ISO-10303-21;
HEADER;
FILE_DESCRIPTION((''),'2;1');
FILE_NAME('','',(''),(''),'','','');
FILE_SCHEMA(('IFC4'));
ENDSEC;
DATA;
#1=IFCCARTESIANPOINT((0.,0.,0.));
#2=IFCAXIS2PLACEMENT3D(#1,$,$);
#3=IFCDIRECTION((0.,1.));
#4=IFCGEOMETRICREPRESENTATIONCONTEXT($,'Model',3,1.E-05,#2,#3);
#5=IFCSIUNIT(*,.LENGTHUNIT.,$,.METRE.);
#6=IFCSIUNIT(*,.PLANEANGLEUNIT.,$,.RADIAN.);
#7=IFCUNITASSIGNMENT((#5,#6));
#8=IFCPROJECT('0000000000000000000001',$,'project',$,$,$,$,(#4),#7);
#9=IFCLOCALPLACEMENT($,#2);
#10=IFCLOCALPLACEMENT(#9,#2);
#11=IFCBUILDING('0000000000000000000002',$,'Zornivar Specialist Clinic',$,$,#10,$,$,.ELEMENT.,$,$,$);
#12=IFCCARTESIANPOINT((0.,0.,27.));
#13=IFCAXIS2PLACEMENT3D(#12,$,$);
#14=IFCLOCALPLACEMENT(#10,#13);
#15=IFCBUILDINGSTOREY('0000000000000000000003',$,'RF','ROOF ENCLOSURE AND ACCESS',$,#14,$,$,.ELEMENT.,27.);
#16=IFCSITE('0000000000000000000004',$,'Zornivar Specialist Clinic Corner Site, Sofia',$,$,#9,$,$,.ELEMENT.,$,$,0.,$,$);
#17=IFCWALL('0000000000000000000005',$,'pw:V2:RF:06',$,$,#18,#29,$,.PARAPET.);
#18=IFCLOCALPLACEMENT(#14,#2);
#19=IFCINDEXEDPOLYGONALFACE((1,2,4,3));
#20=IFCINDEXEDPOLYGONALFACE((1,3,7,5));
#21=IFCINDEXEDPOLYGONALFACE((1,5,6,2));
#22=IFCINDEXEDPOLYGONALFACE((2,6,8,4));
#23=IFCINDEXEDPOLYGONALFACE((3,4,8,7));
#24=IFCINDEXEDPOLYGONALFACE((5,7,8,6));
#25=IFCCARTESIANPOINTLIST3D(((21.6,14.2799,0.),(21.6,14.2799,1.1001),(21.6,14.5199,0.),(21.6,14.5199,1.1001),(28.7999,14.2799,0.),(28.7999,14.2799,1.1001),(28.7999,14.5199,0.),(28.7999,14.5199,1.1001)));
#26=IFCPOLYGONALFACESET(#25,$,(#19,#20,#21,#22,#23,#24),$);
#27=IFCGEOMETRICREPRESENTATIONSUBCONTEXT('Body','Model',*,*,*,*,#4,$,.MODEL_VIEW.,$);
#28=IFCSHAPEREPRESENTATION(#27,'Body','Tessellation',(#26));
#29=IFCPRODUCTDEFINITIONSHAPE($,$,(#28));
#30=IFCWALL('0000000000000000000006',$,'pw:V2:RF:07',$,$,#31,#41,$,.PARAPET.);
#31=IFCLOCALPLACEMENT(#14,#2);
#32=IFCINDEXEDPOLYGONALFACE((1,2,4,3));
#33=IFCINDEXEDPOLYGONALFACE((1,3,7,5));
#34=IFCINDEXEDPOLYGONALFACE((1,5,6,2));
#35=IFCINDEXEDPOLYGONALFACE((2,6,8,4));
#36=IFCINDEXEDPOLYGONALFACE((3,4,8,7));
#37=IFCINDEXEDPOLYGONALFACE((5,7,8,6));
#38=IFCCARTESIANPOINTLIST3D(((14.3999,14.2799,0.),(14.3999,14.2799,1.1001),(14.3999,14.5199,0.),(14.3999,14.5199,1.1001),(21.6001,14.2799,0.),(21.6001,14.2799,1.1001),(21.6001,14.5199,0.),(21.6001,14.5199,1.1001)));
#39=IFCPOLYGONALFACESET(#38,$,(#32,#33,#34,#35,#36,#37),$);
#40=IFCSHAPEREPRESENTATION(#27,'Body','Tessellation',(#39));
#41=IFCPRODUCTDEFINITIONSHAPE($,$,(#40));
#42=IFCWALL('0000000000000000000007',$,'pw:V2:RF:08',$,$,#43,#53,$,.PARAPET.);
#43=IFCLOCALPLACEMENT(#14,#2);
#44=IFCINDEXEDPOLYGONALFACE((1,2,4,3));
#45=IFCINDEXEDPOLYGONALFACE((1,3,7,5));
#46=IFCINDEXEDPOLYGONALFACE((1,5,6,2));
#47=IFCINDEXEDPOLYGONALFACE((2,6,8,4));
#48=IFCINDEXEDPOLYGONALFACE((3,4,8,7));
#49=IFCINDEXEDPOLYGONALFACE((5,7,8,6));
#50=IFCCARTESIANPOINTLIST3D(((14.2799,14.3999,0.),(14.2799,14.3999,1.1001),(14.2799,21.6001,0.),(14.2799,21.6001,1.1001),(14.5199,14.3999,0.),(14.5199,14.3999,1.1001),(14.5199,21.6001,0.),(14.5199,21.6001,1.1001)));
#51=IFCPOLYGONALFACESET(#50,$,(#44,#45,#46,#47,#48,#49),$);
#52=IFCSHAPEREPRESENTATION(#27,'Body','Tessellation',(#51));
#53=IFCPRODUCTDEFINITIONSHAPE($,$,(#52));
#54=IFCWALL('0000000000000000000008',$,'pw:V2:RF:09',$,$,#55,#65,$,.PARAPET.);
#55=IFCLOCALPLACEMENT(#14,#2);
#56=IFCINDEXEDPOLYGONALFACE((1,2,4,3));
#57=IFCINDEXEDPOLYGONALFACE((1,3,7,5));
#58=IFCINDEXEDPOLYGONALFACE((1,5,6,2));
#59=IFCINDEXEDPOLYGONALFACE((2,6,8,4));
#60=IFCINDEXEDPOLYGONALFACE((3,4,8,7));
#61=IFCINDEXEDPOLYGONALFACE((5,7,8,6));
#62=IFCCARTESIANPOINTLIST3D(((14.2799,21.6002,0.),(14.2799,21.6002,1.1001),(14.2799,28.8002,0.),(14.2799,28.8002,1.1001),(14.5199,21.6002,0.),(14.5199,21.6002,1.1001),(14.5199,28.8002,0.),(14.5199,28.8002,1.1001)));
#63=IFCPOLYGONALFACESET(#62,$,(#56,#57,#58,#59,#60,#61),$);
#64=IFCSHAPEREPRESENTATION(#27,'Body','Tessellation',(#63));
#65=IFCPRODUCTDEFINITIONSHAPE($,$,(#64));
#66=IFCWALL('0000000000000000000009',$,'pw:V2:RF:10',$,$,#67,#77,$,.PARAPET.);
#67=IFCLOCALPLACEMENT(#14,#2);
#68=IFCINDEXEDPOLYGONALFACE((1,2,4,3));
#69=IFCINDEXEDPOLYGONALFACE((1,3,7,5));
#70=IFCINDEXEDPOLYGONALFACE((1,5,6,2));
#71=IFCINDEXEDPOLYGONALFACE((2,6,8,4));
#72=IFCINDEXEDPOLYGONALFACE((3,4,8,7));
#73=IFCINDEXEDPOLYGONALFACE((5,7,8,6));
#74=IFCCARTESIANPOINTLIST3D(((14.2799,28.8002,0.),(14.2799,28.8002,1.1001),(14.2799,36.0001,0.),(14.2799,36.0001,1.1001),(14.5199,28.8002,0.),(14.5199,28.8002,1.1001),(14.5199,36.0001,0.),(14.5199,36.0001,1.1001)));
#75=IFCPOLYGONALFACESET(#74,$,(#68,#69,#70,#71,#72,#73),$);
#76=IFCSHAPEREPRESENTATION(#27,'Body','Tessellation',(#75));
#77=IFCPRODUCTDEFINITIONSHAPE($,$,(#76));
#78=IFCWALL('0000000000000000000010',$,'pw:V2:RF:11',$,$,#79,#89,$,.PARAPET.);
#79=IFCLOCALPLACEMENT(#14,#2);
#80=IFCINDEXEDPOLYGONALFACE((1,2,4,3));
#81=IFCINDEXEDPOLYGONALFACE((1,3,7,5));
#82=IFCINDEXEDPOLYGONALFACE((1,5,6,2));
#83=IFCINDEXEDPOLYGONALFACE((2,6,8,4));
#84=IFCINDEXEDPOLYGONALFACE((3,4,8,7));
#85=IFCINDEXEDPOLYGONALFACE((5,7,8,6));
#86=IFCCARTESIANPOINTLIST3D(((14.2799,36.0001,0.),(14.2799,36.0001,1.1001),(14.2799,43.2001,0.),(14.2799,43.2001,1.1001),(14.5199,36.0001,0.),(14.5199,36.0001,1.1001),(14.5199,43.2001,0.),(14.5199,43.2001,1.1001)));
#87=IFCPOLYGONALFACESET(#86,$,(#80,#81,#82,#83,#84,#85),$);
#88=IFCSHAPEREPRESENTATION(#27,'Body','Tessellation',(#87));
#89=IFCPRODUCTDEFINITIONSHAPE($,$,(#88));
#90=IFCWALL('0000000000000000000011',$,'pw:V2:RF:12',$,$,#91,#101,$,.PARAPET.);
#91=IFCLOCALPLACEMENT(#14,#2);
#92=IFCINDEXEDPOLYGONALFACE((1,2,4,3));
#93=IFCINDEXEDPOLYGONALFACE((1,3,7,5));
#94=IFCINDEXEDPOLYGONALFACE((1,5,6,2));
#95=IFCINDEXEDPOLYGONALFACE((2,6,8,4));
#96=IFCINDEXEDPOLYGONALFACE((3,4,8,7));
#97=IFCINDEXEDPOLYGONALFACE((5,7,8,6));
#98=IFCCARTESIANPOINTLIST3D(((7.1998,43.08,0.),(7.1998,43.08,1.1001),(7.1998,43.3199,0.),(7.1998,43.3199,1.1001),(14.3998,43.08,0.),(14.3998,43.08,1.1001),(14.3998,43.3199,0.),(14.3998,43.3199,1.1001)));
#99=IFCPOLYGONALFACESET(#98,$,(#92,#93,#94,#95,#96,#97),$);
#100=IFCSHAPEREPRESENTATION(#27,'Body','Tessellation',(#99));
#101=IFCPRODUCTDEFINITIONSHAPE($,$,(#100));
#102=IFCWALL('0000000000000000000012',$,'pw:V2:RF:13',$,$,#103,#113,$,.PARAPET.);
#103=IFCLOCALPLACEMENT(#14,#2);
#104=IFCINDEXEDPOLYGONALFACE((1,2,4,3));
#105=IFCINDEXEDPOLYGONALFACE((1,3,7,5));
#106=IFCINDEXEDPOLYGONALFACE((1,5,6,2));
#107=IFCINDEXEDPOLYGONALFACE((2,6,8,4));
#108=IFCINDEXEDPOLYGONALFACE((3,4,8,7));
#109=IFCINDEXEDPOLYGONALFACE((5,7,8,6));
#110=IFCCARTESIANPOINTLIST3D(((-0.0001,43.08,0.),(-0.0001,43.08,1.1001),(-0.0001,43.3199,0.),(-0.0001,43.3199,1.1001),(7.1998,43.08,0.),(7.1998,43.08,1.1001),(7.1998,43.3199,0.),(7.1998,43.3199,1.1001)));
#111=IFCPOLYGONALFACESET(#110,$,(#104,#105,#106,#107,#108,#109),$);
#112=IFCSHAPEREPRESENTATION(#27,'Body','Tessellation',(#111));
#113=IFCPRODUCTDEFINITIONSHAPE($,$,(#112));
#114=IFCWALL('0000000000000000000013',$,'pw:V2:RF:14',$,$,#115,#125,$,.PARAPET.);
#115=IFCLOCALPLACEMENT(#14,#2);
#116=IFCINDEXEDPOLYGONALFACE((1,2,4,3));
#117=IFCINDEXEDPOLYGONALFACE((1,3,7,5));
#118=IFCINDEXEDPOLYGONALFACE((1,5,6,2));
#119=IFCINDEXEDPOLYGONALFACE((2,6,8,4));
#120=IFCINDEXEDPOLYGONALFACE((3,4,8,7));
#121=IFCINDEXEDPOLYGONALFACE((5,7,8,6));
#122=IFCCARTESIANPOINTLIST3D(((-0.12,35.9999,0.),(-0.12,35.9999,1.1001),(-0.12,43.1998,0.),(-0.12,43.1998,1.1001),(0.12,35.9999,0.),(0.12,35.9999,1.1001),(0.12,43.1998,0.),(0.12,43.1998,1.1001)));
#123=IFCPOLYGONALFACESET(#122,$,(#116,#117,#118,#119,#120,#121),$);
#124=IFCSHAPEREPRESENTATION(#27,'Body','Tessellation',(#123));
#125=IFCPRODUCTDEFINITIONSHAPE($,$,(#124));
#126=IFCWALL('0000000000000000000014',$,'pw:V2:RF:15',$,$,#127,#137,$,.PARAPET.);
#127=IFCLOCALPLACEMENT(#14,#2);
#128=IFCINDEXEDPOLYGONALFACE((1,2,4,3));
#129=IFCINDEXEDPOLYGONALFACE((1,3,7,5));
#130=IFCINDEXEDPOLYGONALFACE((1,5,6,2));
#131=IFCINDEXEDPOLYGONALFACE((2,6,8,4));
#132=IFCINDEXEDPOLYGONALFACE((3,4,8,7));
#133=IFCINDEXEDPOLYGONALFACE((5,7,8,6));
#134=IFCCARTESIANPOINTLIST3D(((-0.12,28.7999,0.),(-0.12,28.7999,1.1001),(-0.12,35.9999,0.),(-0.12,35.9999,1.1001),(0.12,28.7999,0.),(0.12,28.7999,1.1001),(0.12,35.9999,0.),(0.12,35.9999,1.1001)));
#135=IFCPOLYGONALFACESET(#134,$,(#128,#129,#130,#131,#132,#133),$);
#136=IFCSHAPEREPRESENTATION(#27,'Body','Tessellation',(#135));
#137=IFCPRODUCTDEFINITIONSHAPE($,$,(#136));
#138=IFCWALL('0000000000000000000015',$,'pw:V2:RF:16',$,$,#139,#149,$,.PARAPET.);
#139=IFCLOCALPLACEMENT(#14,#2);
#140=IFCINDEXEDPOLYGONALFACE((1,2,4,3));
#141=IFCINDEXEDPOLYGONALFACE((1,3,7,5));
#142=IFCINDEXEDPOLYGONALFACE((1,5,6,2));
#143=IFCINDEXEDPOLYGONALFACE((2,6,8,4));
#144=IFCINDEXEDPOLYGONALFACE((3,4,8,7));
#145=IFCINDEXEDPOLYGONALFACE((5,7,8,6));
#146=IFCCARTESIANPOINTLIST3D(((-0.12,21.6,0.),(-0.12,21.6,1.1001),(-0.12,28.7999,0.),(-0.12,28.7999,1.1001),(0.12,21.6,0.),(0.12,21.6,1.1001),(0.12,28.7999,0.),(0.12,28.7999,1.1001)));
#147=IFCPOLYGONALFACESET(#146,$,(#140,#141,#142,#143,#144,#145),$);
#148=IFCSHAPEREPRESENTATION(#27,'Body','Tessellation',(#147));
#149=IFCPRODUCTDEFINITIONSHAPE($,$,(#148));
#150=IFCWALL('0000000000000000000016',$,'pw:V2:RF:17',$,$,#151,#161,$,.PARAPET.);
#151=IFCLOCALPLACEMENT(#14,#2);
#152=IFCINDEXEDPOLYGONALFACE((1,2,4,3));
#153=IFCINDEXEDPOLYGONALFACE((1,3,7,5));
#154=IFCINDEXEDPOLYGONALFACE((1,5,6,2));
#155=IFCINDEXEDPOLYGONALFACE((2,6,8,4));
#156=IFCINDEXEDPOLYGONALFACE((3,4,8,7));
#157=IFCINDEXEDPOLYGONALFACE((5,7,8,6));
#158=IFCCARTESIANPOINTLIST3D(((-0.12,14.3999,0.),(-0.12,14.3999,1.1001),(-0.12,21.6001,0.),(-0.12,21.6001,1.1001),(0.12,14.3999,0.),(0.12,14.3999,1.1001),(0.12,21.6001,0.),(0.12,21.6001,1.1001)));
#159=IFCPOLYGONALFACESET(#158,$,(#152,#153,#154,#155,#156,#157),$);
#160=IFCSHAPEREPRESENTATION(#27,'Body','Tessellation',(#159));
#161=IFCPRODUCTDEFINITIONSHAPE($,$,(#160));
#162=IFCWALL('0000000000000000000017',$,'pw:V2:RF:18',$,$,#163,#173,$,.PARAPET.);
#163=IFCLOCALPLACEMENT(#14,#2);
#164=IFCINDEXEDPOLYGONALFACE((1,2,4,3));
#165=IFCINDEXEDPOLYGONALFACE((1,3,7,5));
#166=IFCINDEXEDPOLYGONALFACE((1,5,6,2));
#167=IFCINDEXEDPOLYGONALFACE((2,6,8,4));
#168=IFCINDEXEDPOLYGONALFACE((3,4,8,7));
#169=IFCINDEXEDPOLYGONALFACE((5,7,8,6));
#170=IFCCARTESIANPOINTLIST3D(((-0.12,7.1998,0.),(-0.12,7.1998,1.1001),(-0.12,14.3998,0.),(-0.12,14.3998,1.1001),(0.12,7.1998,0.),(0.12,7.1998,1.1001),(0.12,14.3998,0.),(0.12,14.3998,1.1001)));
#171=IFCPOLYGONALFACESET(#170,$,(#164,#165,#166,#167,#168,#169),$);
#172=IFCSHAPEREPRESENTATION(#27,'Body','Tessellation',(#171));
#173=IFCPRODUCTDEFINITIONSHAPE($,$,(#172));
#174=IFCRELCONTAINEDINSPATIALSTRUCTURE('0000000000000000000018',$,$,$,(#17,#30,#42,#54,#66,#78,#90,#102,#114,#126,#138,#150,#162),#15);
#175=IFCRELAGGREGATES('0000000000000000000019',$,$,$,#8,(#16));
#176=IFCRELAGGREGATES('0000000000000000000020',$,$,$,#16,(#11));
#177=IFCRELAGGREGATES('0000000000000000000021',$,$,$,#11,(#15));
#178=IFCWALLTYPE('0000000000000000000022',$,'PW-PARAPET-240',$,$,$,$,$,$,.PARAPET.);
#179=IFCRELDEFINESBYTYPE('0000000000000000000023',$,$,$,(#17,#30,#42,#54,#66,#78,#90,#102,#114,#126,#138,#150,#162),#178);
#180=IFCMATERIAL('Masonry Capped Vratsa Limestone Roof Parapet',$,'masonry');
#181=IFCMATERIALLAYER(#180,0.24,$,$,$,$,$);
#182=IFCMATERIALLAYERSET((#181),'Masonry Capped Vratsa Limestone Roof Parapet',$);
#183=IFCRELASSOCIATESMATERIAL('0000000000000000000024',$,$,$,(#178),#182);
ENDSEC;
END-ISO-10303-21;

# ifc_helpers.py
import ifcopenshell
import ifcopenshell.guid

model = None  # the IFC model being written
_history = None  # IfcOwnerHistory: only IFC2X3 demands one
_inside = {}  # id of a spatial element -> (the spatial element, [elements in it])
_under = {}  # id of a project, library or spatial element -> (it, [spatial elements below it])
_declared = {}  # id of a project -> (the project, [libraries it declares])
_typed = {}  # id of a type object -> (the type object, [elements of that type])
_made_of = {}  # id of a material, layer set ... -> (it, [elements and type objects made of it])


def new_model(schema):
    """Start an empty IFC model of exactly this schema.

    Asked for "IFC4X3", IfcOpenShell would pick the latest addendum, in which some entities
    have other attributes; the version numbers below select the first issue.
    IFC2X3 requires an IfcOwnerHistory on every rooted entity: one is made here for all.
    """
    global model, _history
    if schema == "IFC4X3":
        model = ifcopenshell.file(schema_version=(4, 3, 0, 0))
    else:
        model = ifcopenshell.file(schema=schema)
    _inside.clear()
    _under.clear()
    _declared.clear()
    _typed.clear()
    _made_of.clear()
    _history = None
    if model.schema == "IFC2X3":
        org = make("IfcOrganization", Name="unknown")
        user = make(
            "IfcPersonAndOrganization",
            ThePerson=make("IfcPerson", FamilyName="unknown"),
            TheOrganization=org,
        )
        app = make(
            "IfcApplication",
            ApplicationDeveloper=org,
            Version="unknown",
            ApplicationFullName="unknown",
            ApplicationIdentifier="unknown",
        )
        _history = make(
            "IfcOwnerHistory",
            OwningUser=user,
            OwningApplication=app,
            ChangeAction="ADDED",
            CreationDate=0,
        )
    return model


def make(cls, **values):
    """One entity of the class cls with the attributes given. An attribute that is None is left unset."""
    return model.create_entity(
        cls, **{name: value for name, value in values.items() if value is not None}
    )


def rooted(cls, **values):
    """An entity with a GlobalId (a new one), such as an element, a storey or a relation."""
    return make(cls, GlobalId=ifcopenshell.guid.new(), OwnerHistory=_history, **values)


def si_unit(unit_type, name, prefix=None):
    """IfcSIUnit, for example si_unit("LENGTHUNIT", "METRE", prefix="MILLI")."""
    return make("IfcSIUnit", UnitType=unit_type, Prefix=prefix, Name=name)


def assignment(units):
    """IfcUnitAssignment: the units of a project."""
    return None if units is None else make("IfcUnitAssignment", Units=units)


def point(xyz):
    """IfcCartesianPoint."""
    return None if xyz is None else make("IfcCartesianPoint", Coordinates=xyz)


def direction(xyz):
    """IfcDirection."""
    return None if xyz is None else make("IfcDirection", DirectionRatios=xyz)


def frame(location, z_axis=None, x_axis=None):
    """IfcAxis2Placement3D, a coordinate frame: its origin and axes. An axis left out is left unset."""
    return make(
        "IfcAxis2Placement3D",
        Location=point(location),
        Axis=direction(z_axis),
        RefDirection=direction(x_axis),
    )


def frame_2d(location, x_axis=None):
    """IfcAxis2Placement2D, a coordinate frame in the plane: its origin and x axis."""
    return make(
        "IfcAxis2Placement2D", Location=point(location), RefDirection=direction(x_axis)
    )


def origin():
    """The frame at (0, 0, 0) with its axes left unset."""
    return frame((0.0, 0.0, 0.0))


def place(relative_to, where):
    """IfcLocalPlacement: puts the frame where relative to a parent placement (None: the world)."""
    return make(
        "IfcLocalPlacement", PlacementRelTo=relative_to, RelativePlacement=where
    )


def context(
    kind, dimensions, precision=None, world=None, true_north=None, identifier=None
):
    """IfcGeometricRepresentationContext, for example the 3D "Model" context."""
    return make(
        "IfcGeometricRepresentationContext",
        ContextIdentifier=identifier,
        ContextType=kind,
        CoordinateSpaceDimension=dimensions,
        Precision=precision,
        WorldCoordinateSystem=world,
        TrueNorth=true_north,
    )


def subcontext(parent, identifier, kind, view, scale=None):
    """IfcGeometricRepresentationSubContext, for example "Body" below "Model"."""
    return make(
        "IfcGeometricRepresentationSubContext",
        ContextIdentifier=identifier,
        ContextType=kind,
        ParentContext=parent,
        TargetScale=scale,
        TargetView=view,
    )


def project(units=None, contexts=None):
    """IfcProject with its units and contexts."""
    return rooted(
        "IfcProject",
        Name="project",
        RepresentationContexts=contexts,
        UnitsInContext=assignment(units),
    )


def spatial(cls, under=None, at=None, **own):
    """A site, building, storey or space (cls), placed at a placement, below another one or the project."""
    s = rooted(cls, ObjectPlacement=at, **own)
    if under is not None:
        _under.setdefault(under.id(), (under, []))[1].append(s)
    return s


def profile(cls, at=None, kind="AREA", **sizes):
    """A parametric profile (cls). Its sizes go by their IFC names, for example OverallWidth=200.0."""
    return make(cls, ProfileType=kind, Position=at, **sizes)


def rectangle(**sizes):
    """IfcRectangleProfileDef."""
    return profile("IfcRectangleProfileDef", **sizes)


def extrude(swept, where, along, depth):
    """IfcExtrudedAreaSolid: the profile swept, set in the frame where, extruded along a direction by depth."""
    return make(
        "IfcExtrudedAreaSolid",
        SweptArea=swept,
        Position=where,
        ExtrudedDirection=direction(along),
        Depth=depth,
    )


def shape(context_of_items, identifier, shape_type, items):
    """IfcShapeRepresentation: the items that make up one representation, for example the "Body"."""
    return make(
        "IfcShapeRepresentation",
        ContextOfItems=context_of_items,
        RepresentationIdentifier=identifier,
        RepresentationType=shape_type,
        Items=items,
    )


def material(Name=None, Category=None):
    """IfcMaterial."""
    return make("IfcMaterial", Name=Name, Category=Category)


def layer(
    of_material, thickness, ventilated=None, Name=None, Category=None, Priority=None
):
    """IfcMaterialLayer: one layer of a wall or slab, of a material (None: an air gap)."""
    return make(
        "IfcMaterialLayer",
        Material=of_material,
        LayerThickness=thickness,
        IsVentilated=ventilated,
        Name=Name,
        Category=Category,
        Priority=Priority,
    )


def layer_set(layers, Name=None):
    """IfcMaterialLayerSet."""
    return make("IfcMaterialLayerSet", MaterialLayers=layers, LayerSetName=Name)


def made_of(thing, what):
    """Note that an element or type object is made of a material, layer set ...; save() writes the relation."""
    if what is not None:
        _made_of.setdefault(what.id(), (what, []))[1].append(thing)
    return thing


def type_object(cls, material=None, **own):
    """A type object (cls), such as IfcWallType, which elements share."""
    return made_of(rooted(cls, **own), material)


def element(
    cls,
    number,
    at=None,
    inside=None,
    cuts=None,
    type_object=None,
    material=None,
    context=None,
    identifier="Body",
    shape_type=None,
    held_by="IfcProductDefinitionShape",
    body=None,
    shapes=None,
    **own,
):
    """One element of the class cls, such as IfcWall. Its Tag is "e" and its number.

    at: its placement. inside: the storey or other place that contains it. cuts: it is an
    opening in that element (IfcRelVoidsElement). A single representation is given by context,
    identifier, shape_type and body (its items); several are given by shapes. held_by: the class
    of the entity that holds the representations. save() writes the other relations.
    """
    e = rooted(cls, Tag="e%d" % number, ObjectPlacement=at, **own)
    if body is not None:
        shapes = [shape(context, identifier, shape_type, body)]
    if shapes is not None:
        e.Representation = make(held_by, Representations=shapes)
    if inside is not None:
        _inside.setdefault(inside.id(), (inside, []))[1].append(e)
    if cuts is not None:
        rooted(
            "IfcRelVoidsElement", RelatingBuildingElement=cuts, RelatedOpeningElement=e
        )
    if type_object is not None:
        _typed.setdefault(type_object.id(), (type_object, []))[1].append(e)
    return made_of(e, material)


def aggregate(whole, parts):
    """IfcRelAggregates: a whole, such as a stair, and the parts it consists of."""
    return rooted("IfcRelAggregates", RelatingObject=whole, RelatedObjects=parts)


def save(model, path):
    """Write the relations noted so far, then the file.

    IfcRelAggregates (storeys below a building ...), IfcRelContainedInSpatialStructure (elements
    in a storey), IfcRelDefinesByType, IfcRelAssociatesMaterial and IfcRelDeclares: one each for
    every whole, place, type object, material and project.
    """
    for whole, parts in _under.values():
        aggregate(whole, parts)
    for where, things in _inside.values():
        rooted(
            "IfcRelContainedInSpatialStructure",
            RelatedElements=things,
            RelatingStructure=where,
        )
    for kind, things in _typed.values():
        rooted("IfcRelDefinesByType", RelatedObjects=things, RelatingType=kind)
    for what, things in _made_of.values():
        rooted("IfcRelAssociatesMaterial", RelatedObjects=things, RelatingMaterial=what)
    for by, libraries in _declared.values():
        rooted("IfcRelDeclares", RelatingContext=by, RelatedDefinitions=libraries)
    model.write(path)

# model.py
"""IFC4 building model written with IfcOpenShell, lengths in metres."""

from ifc_helpers import new_model, si_unit, direction, frame, frame_2d, origin, place, context, subcontext, project, spatial, rectangle, extrude, material, layer, layer_set, type_object, element, save


model = new_model("IFC4")

# Units and contexts
model_context = context("Model", 3, precision=1e-05, world=origin(), true_north=direction((0.0, 1.0)))
body_context = subcontext(model_context, "Body", "Model", "MODEL_VIEW")
ifc_project = project(units=[si_unit("LENGTHUNIT", "METRE"), si_unit("PLANEANGLEUNIT", "RADIAN")], contexts=[model_context])

# Site, building, storey
site_placement = place(None, origin())
site = spatial("IfcSite", under=ifc_project, at=site_placement, Name="Zornivar Specialist Clinic Corner Site, Sofia", CompositionType="ELEMENT", RefElevation=0.0)
building_placement = place(site_placement, origin())
building = spatial("IfcBuilding", under=site, at=building_placement, Name="Zornivar Specialist Clinic", CompositionType="ELEMENT")
storey_placement = place(building_placement, frame((0.0, 0.0, 27.0)))
storey = spatial("IfcBuildingStorey", under=building, at=storey_placement, Name="RF", Description="ROOF ENCLOSURE AND ACCESS", CompositionType="ELEMENT", Elevation=27.0)

# Walls
ifc_material_1 = material(Name="Masonry Capped Vratsa Limestone Roof Parapet", Category="masonry")
ifc_layer = layer(ifc_material_1, 0.24)
ifc_layer_set = layer_set([ifc_layer], Name="Masonry Capped Vratsa Limestone Roof Parapet")
wall_type = type_object("IfcWallType", Name="PW-PARAPET-240", PredefinedType="PARAPET", material=ifc_layer_set)
wall_1_placement = place(storey_placement, frame((28.8, 14.3999, 0.0), z_axis=(0.0, 0.0, 1.0), x_axis=(-1.0, 0.0, 0.0)))
element("IfcWall", 1, at=wall_1_placement, inside=storey, type_object=wall_type, Name="pw:V2:RF:06", PredefinedType="PARAPET", context=body_context, shape_type="SweptSolid", body=[
    extrude(rectangle(XDim=7.2, YDim=0.24, at=frame_2d((3.6001, 0.0))), origin(), (0.0, 0.0, 1.0), 1.1001),
])
for number, where, z_axis, x_axis, name in (
    (2, (21.6001, 14.3999, 0.0), (0.0, 0.0, 1.0), (-1.0, 0.0, 0.0), "pw:V2:RF:07"),
    (3, (14.3999, 14.3999, 0.0), (0.0, 0.0, 1.0), (0.0, 1.0, 0.0), "pw:V2:RF:08"),
):
    element("IfcWall", number, at=place(storey_placement, frame(where, z_axis=z_axis, x_axis=x_axis)), inside=storey, type_object=wall_type, Name=name, PredefinedType="PARAPET", context=body_context, shape_type="SweptSolid", body=[
        extrude(rectangle(XDim=7.2002, YDim=0.24, at=frame_2d((3.6001, 0.0))), origin(), (0.0, 0.0, 1.0), 1.1001),
    ])
for number, where, z_axis, x_axis, name in (
    (4, (14.3999, 21.6001, 0.0), (0.0, 0.0, 1.0), (0.0, 1.0, 0.0), "pw:V2:RF:09"),
    (5, (14.3999, 28.8, 0.0), (0.0, 0.0, 1.0), (0.0, 1.0, 0.0), "pw:V2:RF:10"),
    (6, (14.3999, 36.0, 0.0), (0.0, 0.0, 1.0), (0.0, 1.0, 0.0), "pw:V2:RF:11"),
    (7, (14.3999, 43.2, 0.0), (0.0, 0.0, 1.0), (-1.0, 0.0, 0.0), "pw:V2:RF:12"),
    (8, (7.2, 43.2, 0.0), (0.0, 0.0, 1.0), (-1.0, 0.0, 0.0), "pw:V2:RF:13"),
    (9, (0.0, 43.2, 0.0), (0.0, 0.0, 1.0), (0.0, -1.0, 0.0), "pw:V2:RF:14"),
    (10, (0.0, 36.0, 0.0), (0.0, 0.0, 1.0), (0.0, -1.0, 0.0), "pw:V2:RF:15"),
    (11, (0.0, 28.8, 0.0), (0.0, 0.0, 1.0), (0.0, -1.0, 0.0), "pw:V2:RF:16"),
):
    element("IfcWall", number, at=place(storey_placement, frame(where, z_axis=z_axis, x_axis=x_axis)), inside=storey, type_object=wall_type, Name=name, PredefinedType="PARAPET", context=body_context, shape_type="SweptSolid", body=[
        extrude(rectangle(XDim=7.2, YDim=0.24, at=frame_2d((3.6001, 0.0))), origin(), (0.0, 0.0, 1.0), 1.1001),
    ])
wall_2_placement = place(storey_placement, frame((0.0, 21.6001, 0.0), z_axis=(0.0, 0.0, 1.0), x_axis=(0.0, -1.0, 0.0)))
element("IfcWall", 12, at=wall_2_placement, inside=storey, type_object=wall_type, Name="pw:V2:RF:17", PredefinedType="PARAPET", context=body_context, shape_type="SweptSolid", body=[
    extrude(rectangle(XDim=7.2002, YDim=0.24, at=frame_2d((3.6001, 0.0))), origin(), (0.0, 0.0, 1.0), 1.1001),
])
wall_3_placement = place(storey_placement, frame((0.0, 14.3999, 0.0), z_axis=(0.0, 0.0, 1.0), x_axis=(0.0, -1.0, 0.0)))
element("IfcWall", 13, at=wall_3_placement, inside=storey, type_object=wall_type, Name="pw:V2:RF:18", PredefinedType="PARAPET", context=body_context, shape_type="SweptSolid", body=[
    extrude(rectangle(XDim=7.2, YDim=0.24, at=frame_2d((3.6001, 0.0))), origin(), (0.0, 0.0, 1.0), 1.1001),
])

save(model, "model.ifc")
